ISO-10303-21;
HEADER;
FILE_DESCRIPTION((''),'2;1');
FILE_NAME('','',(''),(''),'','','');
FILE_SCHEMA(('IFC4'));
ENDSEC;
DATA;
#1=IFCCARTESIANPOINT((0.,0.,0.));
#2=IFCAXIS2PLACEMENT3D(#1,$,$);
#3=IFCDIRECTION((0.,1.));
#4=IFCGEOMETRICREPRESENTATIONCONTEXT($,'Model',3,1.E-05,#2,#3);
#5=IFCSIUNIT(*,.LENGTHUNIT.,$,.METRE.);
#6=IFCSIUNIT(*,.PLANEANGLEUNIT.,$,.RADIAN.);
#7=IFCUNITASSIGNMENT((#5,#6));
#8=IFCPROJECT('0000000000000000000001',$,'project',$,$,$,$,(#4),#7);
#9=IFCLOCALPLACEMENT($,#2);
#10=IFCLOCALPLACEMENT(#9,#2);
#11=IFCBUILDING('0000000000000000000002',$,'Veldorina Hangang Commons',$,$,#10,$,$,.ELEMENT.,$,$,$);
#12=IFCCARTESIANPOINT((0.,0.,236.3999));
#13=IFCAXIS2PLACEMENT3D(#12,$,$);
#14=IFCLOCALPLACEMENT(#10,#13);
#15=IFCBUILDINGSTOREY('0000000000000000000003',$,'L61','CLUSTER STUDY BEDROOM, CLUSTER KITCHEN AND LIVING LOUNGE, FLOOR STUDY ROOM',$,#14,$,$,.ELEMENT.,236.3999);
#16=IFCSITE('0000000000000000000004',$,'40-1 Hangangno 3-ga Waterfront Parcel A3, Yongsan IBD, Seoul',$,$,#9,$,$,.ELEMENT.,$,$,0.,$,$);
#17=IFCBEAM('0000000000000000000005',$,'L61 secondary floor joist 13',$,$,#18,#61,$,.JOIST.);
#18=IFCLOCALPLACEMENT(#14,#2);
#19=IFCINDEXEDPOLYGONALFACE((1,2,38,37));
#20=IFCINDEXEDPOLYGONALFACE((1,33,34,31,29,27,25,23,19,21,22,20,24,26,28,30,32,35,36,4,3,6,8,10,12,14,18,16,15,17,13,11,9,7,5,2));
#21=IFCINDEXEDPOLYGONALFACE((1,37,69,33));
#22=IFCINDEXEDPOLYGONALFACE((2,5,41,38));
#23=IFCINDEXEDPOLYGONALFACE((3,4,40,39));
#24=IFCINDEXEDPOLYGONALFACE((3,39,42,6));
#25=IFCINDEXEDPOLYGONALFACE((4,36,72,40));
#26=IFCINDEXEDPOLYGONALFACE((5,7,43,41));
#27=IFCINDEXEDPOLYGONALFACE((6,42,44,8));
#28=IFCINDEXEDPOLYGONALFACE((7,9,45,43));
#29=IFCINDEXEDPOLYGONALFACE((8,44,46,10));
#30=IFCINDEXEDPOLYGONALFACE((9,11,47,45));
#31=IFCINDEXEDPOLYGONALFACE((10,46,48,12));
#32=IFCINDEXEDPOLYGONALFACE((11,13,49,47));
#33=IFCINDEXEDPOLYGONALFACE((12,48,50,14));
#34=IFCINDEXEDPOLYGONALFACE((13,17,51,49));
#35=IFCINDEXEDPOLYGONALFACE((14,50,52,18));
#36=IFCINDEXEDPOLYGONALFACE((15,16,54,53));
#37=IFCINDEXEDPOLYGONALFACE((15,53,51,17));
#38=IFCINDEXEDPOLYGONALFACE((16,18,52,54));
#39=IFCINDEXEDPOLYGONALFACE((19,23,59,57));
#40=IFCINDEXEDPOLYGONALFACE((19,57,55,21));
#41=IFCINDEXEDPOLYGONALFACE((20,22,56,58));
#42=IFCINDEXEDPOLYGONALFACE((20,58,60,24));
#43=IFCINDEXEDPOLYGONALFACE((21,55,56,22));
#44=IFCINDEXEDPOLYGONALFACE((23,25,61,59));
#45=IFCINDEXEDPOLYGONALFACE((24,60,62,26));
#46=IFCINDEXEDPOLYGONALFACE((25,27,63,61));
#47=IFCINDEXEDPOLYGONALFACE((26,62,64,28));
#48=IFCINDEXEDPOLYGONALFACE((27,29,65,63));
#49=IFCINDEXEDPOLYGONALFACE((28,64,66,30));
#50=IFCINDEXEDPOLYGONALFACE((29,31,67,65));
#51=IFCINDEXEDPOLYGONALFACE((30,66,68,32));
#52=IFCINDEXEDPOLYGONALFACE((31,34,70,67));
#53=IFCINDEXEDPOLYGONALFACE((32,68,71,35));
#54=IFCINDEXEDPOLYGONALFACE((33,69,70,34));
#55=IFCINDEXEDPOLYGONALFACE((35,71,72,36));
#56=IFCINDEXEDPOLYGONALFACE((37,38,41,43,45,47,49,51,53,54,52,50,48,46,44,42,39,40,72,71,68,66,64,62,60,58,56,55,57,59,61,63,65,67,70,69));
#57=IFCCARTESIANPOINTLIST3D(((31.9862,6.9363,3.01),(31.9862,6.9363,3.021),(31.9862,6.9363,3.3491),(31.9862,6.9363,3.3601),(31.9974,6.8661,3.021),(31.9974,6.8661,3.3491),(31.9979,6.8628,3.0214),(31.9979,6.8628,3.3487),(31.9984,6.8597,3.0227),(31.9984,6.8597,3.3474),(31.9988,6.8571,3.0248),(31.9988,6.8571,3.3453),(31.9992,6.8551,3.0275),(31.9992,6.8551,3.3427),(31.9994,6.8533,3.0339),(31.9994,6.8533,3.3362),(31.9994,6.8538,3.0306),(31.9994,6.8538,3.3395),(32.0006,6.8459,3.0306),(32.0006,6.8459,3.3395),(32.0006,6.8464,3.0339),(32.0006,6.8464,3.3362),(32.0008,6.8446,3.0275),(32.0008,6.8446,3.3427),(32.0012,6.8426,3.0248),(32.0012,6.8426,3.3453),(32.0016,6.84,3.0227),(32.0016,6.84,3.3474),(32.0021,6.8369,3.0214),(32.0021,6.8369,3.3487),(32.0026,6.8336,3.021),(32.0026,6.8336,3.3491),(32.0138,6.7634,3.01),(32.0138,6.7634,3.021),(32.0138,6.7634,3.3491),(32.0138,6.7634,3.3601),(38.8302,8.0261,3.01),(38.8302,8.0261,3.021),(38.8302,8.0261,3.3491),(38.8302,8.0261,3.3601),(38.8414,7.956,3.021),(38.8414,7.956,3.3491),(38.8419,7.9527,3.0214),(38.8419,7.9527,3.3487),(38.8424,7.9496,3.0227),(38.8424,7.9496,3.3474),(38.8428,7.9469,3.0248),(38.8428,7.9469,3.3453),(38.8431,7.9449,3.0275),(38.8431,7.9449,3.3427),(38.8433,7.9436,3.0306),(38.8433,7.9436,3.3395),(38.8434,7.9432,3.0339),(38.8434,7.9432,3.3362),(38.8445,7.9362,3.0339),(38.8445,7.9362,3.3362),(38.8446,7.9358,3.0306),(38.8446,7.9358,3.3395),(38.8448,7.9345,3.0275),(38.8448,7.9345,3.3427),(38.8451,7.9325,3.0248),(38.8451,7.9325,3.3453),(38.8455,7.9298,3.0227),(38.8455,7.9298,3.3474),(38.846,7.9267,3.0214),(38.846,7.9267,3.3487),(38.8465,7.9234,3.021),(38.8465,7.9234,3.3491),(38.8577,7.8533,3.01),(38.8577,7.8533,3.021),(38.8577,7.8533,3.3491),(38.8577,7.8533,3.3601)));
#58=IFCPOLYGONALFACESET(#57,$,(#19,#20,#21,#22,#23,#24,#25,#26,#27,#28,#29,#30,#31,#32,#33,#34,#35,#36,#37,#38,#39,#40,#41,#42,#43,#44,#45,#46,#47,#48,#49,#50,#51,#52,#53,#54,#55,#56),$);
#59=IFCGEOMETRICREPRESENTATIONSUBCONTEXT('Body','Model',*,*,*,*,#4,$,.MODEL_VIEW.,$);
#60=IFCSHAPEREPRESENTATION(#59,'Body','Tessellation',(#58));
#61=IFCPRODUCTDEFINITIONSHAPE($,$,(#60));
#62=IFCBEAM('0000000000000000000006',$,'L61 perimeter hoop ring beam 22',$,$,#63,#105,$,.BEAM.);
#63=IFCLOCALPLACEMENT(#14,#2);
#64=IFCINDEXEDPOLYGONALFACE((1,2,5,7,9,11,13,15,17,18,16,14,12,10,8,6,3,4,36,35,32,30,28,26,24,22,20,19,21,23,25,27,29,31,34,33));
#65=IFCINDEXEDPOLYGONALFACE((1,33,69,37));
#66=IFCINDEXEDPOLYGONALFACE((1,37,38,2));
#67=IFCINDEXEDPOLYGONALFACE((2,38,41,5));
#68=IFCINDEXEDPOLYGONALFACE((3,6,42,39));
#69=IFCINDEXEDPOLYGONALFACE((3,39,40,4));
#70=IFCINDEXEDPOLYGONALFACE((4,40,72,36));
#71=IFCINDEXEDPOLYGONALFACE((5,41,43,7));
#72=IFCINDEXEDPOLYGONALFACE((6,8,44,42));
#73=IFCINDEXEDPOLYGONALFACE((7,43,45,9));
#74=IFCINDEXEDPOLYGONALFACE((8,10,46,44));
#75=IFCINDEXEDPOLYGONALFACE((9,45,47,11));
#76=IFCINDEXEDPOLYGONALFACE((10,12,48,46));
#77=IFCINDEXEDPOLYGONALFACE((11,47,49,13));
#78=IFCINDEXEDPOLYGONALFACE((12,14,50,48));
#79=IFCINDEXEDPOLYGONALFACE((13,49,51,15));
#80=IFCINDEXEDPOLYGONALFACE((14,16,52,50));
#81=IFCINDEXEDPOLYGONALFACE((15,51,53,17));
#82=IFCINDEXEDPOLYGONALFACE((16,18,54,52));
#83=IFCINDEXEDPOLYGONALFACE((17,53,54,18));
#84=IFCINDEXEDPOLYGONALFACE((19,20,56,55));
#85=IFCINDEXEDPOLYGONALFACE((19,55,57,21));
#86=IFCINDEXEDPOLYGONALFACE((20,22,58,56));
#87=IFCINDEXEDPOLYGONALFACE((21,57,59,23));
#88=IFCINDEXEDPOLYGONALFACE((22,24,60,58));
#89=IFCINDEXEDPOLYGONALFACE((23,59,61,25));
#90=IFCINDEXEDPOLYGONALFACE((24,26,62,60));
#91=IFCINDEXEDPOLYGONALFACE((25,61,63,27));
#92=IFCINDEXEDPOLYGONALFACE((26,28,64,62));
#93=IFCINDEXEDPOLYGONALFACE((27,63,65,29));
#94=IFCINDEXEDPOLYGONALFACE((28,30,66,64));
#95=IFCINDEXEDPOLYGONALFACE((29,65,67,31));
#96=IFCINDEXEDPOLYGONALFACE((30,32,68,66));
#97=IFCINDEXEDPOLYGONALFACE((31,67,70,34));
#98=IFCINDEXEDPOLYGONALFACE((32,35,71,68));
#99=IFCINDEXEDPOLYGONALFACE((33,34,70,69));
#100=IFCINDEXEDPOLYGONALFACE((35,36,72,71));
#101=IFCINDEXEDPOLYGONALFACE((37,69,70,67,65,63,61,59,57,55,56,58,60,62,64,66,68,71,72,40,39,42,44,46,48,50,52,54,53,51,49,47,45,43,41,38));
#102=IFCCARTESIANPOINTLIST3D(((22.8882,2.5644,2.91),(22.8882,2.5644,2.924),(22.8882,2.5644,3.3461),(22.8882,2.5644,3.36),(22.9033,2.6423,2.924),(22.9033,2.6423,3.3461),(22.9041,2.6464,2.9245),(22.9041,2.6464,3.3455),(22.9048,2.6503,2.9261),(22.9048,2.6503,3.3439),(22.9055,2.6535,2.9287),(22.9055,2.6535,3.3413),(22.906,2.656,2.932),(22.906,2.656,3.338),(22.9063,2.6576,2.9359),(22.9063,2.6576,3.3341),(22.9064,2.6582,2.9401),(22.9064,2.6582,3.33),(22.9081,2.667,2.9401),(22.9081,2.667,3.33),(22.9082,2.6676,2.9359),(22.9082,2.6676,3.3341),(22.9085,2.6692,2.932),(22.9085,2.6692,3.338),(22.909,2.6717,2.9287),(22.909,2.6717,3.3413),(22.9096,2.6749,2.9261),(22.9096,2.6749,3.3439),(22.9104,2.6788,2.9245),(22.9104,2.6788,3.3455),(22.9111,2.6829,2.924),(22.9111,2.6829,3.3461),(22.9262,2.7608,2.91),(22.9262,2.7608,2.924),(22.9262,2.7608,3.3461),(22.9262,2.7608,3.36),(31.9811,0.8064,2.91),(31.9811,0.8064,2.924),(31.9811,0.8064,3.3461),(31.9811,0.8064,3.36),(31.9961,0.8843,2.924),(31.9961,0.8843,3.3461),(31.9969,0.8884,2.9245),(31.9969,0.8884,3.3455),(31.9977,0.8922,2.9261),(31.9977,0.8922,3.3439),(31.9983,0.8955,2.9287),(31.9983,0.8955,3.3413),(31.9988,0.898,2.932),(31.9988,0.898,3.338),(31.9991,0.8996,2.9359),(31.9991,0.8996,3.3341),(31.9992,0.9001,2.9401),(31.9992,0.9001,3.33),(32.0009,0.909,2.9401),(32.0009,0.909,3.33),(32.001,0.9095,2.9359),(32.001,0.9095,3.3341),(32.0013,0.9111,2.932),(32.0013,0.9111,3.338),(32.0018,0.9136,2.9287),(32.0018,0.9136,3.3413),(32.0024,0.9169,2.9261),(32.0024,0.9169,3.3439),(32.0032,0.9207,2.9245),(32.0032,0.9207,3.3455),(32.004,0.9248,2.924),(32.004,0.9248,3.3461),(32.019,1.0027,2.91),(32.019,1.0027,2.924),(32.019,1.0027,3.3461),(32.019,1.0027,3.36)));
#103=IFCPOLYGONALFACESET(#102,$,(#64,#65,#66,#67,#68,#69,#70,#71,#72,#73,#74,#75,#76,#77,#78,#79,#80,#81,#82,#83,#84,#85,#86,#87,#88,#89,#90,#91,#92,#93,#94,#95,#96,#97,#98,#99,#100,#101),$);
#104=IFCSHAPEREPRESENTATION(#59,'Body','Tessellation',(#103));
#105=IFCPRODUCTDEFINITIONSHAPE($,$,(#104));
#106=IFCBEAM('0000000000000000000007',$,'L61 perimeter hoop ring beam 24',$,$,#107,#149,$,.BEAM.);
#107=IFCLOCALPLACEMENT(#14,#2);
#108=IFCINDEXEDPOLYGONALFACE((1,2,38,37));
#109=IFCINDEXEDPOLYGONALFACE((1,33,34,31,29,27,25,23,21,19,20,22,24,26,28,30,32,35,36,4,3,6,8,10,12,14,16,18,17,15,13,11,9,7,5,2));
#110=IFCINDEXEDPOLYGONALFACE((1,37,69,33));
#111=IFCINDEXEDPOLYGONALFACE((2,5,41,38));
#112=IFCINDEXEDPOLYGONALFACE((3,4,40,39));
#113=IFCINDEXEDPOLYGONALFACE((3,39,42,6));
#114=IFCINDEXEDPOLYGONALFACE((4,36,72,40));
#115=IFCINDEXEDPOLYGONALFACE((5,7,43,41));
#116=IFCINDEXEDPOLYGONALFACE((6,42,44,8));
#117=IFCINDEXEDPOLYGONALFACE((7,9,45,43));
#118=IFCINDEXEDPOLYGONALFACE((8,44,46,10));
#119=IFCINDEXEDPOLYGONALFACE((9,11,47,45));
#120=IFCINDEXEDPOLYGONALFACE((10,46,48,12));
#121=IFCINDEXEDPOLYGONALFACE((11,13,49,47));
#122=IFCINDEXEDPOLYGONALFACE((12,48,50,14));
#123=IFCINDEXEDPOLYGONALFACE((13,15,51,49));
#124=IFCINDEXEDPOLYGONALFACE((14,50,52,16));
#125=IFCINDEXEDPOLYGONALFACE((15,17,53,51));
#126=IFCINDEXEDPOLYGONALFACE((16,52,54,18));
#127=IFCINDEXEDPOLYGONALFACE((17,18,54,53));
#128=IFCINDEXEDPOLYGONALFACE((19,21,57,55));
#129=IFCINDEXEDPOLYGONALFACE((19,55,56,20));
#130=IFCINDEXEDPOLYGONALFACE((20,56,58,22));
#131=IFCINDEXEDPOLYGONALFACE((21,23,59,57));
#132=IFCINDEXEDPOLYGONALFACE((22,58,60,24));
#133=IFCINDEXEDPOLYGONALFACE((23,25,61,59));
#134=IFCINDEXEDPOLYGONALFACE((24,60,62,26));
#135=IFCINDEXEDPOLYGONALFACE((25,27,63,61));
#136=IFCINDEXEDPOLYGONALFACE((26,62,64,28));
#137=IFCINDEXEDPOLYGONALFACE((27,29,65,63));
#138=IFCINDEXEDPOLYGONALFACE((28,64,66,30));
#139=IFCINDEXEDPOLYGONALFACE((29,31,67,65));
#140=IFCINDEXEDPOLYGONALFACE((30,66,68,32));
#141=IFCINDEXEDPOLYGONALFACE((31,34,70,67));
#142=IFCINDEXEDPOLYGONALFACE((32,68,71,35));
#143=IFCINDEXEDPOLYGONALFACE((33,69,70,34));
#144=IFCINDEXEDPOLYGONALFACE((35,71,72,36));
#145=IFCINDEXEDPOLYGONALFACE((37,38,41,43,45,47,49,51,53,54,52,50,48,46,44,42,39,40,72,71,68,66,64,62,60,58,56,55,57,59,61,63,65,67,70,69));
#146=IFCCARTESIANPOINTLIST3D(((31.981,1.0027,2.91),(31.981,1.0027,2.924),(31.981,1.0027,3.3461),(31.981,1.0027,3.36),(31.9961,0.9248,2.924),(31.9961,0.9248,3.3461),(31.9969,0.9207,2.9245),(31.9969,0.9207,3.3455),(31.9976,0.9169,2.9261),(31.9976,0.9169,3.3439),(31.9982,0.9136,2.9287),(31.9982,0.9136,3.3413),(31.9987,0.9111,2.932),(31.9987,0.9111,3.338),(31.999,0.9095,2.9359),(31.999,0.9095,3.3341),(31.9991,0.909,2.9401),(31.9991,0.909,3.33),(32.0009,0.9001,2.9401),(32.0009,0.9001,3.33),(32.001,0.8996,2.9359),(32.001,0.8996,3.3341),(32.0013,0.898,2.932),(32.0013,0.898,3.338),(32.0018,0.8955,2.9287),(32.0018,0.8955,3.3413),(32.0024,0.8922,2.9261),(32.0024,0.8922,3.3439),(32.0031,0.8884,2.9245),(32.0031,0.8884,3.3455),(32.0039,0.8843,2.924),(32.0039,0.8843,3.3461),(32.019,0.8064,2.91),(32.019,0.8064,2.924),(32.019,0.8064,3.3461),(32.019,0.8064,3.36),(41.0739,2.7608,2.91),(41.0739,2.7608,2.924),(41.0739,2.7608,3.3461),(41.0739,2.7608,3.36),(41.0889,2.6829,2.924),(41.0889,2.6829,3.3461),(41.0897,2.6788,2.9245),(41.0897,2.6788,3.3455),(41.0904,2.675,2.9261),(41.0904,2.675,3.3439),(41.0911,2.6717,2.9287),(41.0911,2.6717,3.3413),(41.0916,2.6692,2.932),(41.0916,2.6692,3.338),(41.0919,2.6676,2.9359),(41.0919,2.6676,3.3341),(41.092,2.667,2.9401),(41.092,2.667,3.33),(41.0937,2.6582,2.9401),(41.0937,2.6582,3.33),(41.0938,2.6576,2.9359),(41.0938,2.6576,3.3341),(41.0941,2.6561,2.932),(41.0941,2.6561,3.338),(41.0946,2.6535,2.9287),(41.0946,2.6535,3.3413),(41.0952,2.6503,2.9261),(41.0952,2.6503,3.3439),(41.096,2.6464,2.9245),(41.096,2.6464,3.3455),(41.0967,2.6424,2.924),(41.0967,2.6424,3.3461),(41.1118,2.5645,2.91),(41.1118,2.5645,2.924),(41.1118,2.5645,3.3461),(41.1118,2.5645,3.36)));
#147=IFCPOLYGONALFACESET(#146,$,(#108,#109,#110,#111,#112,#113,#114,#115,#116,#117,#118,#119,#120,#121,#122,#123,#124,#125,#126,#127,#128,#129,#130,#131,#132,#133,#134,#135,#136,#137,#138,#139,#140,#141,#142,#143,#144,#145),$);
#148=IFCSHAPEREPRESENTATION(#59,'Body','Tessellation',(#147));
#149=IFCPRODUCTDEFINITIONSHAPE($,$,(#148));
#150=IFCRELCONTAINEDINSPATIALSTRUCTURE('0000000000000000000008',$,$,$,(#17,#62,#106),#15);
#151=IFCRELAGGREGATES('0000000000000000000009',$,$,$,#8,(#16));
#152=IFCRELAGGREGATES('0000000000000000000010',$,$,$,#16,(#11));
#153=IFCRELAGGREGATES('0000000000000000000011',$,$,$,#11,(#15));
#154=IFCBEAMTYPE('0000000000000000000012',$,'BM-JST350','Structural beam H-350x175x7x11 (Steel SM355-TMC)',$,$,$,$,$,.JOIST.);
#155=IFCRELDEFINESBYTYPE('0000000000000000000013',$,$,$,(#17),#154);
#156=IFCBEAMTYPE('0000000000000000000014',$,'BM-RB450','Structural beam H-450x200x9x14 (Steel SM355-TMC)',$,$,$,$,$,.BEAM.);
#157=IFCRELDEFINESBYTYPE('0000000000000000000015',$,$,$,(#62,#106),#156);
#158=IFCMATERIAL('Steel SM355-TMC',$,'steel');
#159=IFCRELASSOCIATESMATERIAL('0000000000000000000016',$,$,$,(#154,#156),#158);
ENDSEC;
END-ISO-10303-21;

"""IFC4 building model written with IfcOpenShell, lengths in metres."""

from ifc_helpers import new_model, si_unit, direction, frame, origin, origin_2d, place, context, subcontext, project, spatial, i_section, extrude, material, material_profile, profile_set, type_object, element, save


model = new_model("IFC4")

# Units and contexts
model_context = context("Model", 3, precision=1e-05, world=origin(), true_north=direction((0.0, 1.0)))
body_context = subcontext(model_context, "Body", "Model", "MODEL_VIEW")
ifc_project = project(units=[si_unit("LENGTHUNIT", "METRE"), si_unit("PLANEANGLEUNIT", "RADIAN")], contexts=[model_context])

# Site, building, storey
site_placement = place(None, origin())
site = spatial("IfcSite", under=ifc_project, at=site_placement, Name="40-1 Hangangno 3-ga Waterfront Parcel A3, Yongsan IBD, Seoul", CompositionType="ELEMENT", RefElevation=0.0)
building_placement = place(site_placement, origin())
building = spatial("IfcBuilding", under=site, at=building_placement, Name="Veldorina Hangang Commons", CompositionType="ELEMENT")
storey_placement = place(building_placement, frame((0.0, 0.0, 236.3999)))
storey = spatial("IfcBuildingStorey", under=building, at=storey_placement, Name="L61", Description="CLUSTER STUDY BEDROOM, CLUSTER KITCHEN AND LIVING LOUNGE, FLOOR STUDY ROOM", CompositionType="ELEMENT", Elevation=236.3999)

# Beams
ifc_material_1 = material(Name="Steel SM355-TMC", Category="steel")
ifc_material_profile_1 = material_profile(ifc_material_1, i_section(OverallWidth=0.175, OverallDepth=0.3501, WebThickness=0.0071, FlangeThickness=0.011, FilletRadius=0.0129, at=origin_2d()), Name="H-350x175x7x11")
ifc_profile_set_1 = profile_set([ifc_material_profile_1], Name="Steel SM355-TMC")
beam_type_1 = type_object("IfcBeamType", Name="BM-JST350", Description="Structural beam H-350x175x7x11 (Steel SM355-TMC)", PredefinedType="JOIST", material=ifc_profile_set_1)
beam_placement = place(storey_placement, frame((32.0, 6.8499, 3.1851), z_axis=(0.987557, 0.15726, 0.0), x_axis=(-0.15726, 0.987557, 0.0)))
element("IfcBeam", 1, at=beam_placement, inside=storey, type_object=beam_type_1, Name="L61 secondary floor joist 13", PredefinedType="JOIST", context=body_context, shape_type="SweptSolid", body=[
    extrude(i_section(OverallWidth=0.175, OverallDepth=0.3501, WebThickness=0.0071, FlangeThickness=0.011, FilletRadius=0.0129, at=origin_2d()), origin(), (0.0, 0.0, 1.0), 6.9302),
])
ifc_material_profile_2 = material_profile(ifc_material_1, i_section(OverallWidth=0.2, OverallDepth=0.45, WebThickness=0.009, FlangeThickness=0.0139, FilletRadius=0.0161, at=origin_2d()), Name="H-450x200x9x14")
ifc_profile_set_2 = profile_set([ifc_material_profile_2], Name="Steel SM355-TMC")
beam_type_2 = type_object("IfcBeamType", Name="BM-RB450", Description="Structural beam H-450x200x9x14 (Steel SM355-TMC)", PredefinedType="BEAM", material=ifc_profile_set_2)
for number, where, z_axis, x_axis, name in (
    (2, (22.9072, 2.6626, 3.135), (0.981817, -0.189831, 0.0), (0.189831, 0.981817, 0.0), "L61 perimeter hoop ring beam 22"),
    (3, (32.0, 0.9045, 3.135), (0.981817, 0.189831, 0.0), (-0.189831, 0.981817, 0.0), "L61 perimeter hoop ring beam 24"),
):
    element("IfcBeam", number, at=place(storey_placement, frame(where, z_axis=z_axis, x_axis=x_axis)), inside=storey, type_object=beam_type_2, Name=name, PredefinedType="BEAM", context=body_context, shape_type="SweptSolid", body=[
        extrude(i_section(OverallWidth=0.2, OverallDepth=0.45, WebThickness=0.009, FlangeThickness=0.0139, FilletRadius=0.0161, at=origin_2d()), origin(), (0.0, 0.0, 1.0), 9.2612),
    ])

save(model, "model.ifc")
